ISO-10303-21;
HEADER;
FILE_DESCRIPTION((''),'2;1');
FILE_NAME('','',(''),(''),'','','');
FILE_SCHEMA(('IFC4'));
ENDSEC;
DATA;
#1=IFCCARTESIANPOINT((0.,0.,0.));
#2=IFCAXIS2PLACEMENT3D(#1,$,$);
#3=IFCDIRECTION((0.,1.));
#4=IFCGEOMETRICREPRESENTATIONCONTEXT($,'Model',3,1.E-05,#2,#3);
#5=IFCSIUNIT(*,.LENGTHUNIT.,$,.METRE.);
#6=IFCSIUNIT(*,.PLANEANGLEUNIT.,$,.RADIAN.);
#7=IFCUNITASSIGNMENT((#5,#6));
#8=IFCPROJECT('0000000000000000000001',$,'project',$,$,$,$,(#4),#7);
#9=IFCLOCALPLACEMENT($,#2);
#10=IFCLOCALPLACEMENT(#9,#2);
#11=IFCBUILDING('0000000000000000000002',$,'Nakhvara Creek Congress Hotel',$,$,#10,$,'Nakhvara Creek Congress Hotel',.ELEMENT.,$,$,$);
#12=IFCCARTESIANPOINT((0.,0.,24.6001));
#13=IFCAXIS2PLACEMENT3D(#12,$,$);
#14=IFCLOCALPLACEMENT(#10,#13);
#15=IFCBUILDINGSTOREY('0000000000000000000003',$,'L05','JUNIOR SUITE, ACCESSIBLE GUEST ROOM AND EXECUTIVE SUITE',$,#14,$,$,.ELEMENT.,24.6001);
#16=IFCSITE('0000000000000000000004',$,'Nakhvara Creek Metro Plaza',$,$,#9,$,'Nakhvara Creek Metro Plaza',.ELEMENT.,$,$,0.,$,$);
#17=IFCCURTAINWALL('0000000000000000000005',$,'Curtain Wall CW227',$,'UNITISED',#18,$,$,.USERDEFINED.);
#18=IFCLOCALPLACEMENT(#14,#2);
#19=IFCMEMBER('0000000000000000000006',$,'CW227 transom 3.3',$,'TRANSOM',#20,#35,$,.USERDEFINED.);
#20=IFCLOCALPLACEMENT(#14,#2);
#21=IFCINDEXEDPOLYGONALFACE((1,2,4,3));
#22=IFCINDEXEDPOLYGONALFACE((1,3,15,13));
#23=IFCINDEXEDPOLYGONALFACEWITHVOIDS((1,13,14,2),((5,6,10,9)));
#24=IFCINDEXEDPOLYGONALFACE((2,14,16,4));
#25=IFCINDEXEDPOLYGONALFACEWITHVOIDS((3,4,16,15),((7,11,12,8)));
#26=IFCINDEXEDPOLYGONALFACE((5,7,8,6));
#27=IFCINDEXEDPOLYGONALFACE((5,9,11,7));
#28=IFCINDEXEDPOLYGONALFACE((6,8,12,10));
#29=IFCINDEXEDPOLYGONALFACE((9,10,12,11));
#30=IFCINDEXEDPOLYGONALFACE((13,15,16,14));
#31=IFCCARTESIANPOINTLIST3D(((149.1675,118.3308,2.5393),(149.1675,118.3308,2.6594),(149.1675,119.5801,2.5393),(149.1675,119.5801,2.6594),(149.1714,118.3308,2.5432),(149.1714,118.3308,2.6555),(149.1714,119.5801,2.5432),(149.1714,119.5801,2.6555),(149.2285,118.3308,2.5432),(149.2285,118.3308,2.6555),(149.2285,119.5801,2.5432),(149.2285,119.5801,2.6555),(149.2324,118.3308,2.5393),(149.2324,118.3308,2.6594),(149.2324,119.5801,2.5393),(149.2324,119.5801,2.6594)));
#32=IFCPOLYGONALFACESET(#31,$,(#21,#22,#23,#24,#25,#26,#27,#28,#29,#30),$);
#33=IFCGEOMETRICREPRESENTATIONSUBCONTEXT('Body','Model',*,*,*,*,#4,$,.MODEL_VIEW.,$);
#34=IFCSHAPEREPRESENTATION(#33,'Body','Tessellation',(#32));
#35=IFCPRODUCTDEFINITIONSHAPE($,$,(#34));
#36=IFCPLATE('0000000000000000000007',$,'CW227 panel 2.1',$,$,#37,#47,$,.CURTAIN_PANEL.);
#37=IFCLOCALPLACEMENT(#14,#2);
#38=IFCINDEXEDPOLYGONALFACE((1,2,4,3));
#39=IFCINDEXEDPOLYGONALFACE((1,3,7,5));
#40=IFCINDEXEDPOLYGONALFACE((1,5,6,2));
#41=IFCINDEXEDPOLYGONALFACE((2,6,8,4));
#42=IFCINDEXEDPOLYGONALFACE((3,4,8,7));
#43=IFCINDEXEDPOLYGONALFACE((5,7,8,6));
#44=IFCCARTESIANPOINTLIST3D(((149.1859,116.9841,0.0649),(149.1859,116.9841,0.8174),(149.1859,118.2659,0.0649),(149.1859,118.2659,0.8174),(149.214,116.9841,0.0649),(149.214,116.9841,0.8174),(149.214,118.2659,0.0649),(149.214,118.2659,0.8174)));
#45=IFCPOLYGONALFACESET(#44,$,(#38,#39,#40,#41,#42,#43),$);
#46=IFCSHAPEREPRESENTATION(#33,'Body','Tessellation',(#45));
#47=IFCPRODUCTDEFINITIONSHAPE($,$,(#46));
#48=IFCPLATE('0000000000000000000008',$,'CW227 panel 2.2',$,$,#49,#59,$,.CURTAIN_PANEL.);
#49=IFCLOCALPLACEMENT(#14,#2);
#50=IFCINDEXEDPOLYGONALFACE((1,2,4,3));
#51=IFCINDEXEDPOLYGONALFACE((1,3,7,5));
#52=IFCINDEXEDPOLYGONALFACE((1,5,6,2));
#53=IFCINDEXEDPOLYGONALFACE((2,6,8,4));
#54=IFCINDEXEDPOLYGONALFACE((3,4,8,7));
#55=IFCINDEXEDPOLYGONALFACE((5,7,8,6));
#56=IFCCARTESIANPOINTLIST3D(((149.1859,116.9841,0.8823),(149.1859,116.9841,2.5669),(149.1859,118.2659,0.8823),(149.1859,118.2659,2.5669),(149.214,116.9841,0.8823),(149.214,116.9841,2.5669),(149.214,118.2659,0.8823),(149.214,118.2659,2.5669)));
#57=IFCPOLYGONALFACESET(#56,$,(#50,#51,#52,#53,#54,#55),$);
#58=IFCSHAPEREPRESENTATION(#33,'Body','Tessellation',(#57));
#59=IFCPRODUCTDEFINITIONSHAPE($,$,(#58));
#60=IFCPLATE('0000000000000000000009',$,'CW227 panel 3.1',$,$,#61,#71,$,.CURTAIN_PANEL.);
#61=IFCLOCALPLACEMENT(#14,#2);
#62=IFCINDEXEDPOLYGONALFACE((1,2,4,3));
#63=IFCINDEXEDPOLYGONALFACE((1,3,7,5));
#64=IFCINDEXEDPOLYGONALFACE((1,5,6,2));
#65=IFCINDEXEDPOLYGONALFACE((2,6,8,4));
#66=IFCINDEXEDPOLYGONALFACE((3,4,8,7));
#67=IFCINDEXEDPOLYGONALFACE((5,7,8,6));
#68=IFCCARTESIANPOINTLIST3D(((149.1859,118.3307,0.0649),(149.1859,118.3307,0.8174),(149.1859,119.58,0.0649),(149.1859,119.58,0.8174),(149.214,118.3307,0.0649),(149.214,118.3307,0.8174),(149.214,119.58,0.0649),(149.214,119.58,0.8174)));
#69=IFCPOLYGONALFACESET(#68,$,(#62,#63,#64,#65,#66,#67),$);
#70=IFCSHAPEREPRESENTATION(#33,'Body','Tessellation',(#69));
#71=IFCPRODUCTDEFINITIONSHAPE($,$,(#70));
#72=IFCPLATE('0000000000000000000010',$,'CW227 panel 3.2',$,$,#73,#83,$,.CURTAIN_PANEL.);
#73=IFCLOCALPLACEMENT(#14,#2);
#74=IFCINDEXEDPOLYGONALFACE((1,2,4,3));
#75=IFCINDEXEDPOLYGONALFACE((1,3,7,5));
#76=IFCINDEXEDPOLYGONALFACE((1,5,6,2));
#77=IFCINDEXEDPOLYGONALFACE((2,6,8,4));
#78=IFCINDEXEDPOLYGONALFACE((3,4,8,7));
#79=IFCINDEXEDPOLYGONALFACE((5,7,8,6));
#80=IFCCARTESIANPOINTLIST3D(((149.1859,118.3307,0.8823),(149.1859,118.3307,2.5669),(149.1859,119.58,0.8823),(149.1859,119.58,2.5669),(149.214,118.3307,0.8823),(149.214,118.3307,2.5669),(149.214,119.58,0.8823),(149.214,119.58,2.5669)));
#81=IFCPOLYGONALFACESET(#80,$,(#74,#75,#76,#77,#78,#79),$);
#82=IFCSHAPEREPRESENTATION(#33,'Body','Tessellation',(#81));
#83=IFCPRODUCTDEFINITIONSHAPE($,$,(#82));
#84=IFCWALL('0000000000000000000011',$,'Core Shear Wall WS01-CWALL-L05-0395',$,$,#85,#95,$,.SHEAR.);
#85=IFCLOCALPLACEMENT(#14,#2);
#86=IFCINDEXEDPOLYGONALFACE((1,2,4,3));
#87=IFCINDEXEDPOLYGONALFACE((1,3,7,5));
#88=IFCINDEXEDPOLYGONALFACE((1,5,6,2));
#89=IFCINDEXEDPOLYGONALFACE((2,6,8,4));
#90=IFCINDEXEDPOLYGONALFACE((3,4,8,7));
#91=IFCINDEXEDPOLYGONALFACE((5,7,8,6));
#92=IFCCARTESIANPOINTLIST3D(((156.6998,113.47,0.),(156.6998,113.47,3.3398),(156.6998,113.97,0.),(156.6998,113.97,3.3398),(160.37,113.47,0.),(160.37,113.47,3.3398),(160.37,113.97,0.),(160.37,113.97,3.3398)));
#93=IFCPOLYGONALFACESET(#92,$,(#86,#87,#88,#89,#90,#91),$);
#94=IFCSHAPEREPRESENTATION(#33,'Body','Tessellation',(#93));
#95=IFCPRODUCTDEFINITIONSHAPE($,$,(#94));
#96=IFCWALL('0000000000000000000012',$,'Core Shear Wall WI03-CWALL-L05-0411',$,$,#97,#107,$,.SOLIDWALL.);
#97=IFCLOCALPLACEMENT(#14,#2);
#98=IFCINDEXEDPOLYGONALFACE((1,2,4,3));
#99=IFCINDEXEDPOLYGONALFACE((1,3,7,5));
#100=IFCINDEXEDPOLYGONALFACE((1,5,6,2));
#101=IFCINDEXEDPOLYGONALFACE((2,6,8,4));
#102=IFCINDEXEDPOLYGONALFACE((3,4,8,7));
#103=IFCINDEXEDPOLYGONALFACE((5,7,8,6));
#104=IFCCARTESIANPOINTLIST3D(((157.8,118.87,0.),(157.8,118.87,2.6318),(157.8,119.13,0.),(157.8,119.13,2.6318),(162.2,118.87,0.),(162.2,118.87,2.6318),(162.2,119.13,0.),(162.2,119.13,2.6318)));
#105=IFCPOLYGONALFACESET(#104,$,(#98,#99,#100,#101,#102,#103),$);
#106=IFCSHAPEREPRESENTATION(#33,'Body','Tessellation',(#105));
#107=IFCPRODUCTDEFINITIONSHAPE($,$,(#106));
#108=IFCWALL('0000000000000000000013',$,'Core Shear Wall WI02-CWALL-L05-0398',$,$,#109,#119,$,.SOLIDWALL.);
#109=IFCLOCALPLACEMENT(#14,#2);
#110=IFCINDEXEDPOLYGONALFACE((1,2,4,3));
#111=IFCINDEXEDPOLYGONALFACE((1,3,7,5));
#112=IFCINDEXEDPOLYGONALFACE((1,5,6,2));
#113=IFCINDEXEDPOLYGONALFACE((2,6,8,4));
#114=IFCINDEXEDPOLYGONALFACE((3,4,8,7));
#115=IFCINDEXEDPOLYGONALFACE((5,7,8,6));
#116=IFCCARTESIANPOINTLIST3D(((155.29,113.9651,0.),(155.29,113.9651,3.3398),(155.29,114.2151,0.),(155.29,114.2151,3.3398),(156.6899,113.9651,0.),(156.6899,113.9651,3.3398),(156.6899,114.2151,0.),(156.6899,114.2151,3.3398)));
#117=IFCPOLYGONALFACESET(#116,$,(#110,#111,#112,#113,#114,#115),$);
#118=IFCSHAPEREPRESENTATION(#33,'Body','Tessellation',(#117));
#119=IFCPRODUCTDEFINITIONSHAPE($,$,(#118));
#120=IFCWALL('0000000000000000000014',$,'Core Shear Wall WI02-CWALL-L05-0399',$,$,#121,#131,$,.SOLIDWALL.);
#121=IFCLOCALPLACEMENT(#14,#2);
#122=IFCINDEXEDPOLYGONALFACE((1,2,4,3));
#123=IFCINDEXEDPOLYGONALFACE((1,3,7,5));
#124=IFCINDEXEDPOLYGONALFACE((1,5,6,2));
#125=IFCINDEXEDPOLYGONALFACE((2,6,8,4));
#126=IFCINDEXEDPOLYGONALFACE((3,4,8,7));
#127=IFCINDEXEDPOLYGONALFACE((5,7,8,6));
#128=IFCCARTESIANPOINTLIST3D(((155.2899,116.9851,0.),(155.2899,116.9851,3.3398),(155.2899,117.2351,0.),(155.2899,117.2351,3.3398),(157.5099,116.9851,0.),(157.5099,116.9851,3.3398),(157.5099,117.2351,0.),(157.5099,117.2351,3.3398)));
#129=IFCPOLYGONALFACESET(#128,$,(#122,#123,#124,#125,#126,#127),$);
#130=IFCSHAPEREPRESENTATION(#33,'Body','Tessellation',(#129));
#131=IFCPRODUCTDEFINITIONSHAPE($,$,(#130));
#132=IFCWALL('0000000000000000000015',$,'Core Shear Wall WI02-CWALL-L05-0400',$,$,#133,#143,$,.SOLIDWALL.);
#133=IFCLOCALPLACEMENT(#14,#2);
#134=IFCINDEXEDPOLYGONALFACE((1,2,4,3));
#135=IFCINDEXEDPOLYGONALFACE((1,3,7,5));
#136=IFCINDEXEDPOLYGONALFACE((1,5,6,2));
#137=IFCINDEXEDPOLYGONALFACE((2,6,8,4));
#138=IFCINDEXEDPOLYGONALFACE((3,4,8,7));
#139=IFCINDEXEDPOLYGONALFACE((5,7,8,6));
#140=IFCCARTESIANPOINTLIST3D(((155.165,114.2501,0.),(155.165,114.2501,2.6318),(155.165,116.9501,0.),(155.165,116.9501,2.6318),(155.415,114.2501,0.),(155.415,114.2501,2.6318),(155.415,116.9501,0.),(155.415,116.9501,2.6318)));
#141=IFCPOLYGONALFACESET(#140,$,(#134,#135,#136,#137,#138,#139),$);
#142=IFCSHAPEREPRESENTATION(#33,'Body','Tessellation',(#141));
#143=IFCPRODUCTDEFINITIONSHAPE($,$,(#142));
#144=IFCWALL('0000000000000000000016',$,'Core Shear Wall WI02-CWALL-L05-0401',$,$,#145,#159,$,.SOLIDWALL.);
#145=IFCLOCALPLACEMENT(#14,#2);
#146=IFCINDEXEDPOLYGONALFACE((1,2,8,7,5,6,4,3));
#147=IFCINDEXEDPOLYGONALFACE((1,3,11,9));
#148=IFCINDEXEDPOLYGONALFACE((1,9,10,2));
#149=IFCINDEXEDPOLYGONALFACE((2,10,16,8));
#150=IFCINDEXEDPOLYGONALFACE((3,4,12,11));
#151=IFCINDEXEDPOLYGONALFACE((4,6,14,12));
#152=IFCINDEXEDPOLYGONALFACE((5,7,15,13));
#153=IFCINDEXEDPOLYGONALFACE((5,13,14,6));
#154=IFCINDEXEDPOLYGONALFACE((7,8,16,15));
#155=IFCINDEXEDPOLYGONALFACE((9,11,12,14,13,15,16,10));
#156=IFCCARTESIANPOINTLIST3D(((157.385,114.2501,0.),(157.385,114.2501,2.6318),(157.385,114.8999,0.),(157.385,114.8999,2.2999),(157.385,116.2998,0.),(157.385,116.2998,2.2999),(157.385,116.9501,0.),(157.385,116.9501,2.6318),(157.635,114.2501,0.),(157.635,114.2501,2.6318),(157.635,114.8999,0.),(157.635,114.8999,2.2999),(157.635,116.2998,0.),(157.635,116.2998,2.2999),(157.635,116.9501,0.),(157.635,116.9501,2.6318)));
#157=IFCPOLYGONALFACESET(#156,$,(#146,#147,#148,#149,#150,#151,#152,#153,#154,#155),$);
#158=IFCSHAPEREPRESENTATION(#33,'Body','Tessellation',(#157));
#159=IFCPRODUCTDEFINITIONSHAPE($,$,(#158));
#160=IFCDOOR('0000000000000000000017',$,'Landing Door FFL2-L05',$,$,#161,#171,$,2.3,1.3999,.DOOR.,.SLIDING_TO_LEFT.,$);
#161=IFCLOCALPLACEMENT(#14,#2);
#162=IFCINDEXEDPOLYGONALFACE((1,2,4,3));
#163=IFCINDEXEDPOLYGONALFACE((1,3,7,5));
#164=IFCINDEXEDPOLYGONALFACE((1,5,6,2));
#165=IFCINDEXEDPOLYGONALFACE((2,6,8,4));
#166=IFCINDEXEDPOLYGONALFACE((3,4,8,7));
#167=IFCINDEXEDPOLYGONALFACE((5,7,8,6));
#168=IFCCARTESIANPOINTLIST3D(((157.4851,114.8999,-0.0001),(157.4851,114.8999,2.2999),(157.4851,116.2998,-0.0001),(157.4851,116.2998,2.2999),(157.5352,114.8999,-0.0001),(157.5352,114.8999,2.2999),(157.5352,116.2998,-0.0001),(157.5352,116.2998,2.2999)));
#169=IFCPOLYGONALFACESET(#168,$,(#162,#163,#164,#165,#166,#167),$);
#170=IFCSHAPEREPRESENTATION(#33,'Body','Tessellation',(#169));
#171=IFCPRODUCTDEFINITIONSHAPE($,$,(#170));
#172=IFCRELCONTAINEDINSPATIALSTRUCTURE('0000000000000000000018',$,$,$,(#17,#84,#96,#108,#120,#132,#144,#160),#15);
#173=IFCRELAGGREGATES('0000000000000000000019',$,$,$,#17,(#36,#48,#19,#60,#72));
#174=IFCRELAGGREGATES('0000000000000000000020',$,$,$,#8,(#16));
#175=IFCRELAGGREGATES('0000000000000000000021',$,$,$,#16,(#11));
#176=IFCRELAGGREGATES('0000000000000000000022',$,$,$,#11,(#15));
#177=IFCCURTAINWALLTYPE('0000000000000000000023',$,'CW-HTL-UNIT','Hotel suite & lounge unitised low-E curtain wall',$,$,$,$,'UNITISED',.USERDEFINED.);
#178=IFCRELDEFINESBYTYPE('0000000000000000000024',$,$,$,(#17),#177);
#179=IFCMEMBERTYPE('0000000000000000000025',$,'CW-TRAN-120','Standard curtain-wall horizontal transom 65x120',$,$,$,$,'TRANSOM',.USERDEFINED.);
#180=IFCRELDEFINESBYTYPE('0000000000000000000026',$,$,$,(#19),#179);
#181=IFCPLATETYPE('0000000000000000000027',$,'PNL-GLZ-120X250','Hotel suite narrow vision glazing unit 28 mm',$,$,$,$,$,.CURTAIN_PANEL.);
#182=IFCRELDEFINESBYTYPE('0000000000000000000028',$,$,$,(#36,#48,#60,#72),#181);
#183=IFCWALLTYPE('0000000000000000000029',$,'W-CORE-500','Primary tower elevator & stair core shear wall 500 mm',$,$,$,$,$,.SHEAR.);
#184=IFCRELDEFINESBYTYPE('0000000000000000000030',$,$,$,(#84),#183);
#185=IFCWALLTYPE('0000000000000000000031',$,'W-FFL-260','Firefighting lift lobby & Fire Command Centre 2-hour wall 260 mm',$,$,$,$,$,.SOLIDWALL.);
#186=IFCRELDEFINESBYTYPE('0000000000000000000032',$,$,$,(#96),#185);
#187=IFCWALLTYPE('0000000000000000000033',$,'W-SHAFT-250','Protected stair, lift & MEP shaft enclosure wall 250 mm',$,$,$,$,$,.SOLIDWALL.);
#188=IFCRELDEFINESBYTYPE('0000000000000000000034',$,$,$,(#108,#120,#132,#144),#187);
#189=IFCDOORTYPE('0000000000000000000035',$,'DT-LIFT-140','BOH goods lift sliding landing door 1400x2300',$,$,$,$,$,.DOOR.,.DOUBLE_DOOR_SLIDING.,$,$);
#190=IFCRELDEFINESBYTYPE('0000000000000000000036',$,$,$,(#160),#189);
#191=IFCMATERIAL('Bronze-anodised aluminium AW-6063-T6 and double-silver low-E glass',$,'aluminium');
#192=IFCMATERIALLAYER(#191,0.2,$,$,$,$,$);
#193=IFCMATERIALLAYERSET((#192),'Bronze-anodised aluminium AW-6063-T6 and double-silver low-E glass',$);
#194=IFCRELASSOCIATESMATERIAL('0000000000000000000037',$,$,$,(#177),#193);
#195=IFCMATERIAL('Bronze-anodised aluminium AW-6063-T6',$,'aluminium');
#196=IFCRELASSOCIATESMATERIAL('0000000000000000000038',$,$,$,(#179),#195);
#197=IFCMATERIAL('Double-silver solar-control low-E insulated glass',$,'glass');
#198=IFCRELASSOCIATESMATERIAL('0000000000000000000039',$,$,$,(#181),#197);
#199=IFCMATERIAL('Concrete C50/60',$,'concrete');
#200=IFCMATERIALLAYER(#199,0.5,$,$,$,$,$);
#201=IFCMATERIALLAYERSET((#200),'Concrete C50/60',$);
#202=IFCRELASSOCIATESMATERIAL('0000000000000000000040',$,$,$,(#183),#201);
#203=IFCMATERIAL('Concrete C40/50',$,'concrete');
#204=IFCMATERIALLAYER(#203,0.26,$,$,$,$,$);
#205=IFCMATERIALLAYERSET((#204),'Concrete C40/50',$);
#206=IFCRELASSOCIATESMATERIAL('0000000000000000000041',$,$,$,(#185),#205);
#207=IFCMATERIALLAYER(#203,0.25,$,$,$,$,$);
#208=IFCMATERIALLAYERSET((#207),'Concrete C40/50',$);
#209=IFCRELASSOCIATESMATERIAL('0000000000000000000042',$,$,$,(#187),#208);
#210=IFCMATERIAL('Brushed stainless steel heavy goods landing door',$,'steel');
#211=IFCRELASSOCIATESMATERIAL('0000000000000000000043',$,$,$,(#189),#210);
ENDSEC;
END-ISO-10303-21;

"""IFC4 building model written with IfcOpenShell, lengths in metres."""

from ifc_helpers import new_model, si_unit, direction, frame, frame_2d, origin, origin_2d, place, context, subcontext, project, spatial, rectangle, hollow_rectangle, extrude, material, layer, layer_set, material_profile, profile_set, type_object, element, fill, aggregate, save


model = new_model("IFC4")

# Units and contexts
model_context = context("Model", 3, precision=1e-05, world=origin(), true_north=direction((0.0, 1.0)))
body_context = subcontext(model_context, "Body", "Model", "MODEL_VIEW")
ifc_project = project(units=[si_unit("LENGTHUNIT", "METRE"), si_unit("PLANEANGLEUNIT", "RADIAN")], contexts=[model_context])

# Site, building, storey
site_placement = place(None, origin())
site = spatial("IfcSite", under=ifc_project, at=site_placement, Name="Nakhvara Creek Metro Plaza", LongName="Nakhvara Creek Metro Plaza", CompositionType="ELEMENT", RefElevation=0.0)
building_placement = place(site_placement, origin())
building = spatial("IfcBuilding", under=site, at=building_placement, Name="Nakhvara Creek Congress Hotel", LongName="Nakhvara Creek Congress Hotel", CompositionType="ELEMENT")
storey_placement = place(building_placement, frame((0.0, 0.0, 24.6001)))
storey = spatial("IfcBuildingStorey", under=building, at=storey_placement, Name="L05", Description="JUNIOR SUITE, ACCESSIBLE GUEST ROOM AND EXECUTIVE SUITE", CompositionType="ELEMENT", Elevation=24.6001)

# Shared definitions
ifc_material_1 = material(Name="Concrete C50/60", Category="concrete")

# Shared definitions
ifc_material_2 = material(Name="Concrete C40/50", Category="concrete")

# Curtain wall, member, plates
ifc_material_3 = material(Name="Bronze-anodised aluminium AW-6063-T6 and double-silver low-E glass", Category="aluminium")
ifc_layer_1 = layer(ifc_material_3, 0.2)
ifc_layer_set_1 = layer_set([ifc_layer_1], Name="Bronze-anodised aluminium AW-6063-T6 and double-silver low-E glass")
curtain_wall_type = type_object("IfcCurtainWallType", Name="CW-HTL-UNIT", Description="Hotel suite & lounge unitised low-E curtain wall", ElementType="UNITISED", PredefinedType="USERDEFINED", material=ifc_layer_set_1)
curtain_wall_placement = place(storey_placement, origin())
curtain_wall = element("IfcCurtainWall", 1, at=curtain_wall_placement, inside=storey, type_object=curtain_wall_type, Name="Curtain Wall CW227", ObjectType="UNITISED", PredefinedType="USERDEFINED")
ifc_material_4 = material(Name="Bronze-anodised aluminium AW-6063-T6", Category="aluminium")
ifc_material_profile_1 = material_profile(ifc_material_4, hollow_rectangle(XDim=0.0649, YDim=0.1201, WallThickness=0.0039, at=origin_2d()), Name="ALU-TRAN 65x120x4", Category="LoadBearing")
ifc_profile_set_1 = profile_set([ifc_material_profile_1], Name="Bronze-anodised aluminium AW-6063-T6")
member_type_1 = type_object("IfcMemberType", Name="CW-TRAN-120", Description="Standard curtain-wall horizontal transom 65x120", ElementType="TRANSOM", PredefinedType="USERDEFINED", material=ifc_profile_set_1)
member_1_placement = place(storey_placement, frame((149.2, 118.3308, 2.5994), z_axis=(0.0, 1.0, 0.0), x_axis=(-1.0, 0.0, 0.0)))
member_1 = element("IfcMember", 2, at=member_1_placement, type_object=member_type_1, Name="CW227 transom 3.3", ObjectType="TRANSOM", PredefinedType="USERDEFINED", context=body_context, shape_type="SweptSolid", body=[
    extrude(hollow_rectangle(XDim=0.0649, YDim=0.1201, WallThickness=0.0039, at=origin_2d()), origin(), (0.0, 0.0, 1.0), 1.2493),
])
ifc_material_5 = material(Name="Double-silver solar-control low-E insulated glass", Category="glass")
plate_type = type_object("IfcPlateType", Name="PNL-GLZ-120X250", Description="Hotel suite narrow vision glazing unit 28 mm", PredefinedType="CURTAIN_PANEL", material=ifc_material_5)
plate_1_placement = place(storey_placement, frame((149.2, 117.625, 0.0649), z_axis=(0.0, 0.0, 1.0), x_axis=(0.0, 1.0, 0.0)))
plate_1 = element("IfcPlate", 3, at=plate_1_placement, type_object=plate_type, Name="CW227 panel 2.1", PredefinedType="CURTAIN_PANEL", context=body_context, shape_type="SweptSolid", body=[
    extrude(rectangle(XDim=1.2817, YDim=0.0281, at=origin_2d()), origin(), (0.0, 0.0, 1.0), 0.7524),
])
plate_2_placement = place(storey_placement, frame((149.2, 117.625, 0.8823), z_axis=(0.0, 0.0, 1.0), x_axis=(0.0, 1.0, 0.0)))
plate_2 = element("IfcPlate", 4, at=plate_2_placement, type_object=plate_type, Name="CW227 panel 2.2", PredefinedType="CURTAIN_PANEL", context=body_context, shape_type="SweptSolid", body=[
    extrude(rectangle(XDim=1.2817, YDim=0.0281, at=origin_2d()), origin(), (0.0, 0.0, 1.0), 1.6846),
])
plate_3_placement = place(storey_placement, frame((149.2, 118.9553, 0.0649), z_axis=(0.0, 0.0, 1.0), x_axis=(0.0, 1.0, 0.0)))
plate_3 = element("IfcPlate", 5, at=plate_3_placement, type_object=plate_type, Name="CW227 panel 3.1", PredefinedType="CURTAIN_PANEL", context=body_context, shape_type="SweptSolid", body=[
    extrude(rectangle(XDim=1.2493, YDim=0.0281, at=origin_2d()), origin(), (0.0, 0.0, 1.0), 0.7524),
])
plate_4_placement = place(storey_placement, frame((149.2, 118.9553, 0.8823), z_axis=(0.0, 0.0, 1.0), x_axis=(0.0, 1.0, 0.0)))
plate_4 = element("IfcPlate", 6, at=plate_4_placement, type_object=plate_type, Name="CW227 panel 3.2", PredefinedType="CURTAIN_PANEL", context=body_context, shape_type="SweptSolid", body=[
    extrude(rectangle(XDim=1.2493, YDim=0.0281, at=origin_2d()), origin(), (0.0, 0.0, 1.0), 1.6846),
])
aggregate(curtain_wall, [plate_1, plate_2, member_1, plate_3, plate_4])

# Wall
ifc_layer_2 = layer(ifc_material_1, 0.5)
ifc_layer_set_2 = layer_set([ifc_layer_2], Name="Concrete C50/60")
wall_type_1 = type_object("IfcWallType", Name="W-CORE-500", Description="Primary tower elevator & stair core shear wall 500 mm", PredefinedType="SHEAR", material=ifc_layer_set_2)
wall_1_placement = place(storey_placement, frame((156.7, 113.72, 0.0), z_axis=(0.0, 0.0, 1.0), x_axis=(1.0, 0.0, 0.0)))
element("IfcWall", 7, at=wall_1_placement, inside=storey, type_object=wall_type_1, Name="Core Shear Wall WS01-CWALL-L05-0395", PredefinedType="SHEAR", context=body_context, shape_type="SweptSolid", body=[
    extrude(rectangle(XDim=3.6702, YDim=0.5, at=frame_2d((1.835, 0.0))), origin(), (0.0, 0.0, 1.0), 3.3398),
])

# Shared definitions
ifc_layer_3 = layer(ifc_material_2, 0.26)
ifc_layer_set_3 = layer_set([ifc_layer_3], Name="Concrete C40/50")
wall_type_2 = type_object("IfcWallType", Name="W-FFL-260", Description="Firefighting lift lobby & Fire Command Centre 2-hour wall 260 mm", PredefinedType="SOLIDWALL", material=ifc_layer_set_3)

# Walls
wall_2_placement = place(storey_placement, frame((157.8, 119.0, 0.0), z_axis=(0.0, 0.0, 1.0), x_axis=(1.0, 0.0, 0.0)))
element("IfcWall", 8, at=wall_2_placement, inside=storey, type_object=wall_type_2, Name="Core Shear Wall WI03-CWALL-L05-0411", PredefinedType="SOLIDWALL", context=body_context, shape_type="SweptSolid", body=[
    extrude(rectangle(XDim=4.3999, YDim=0.26, at=frame_2d((2.2, 0.0))), origin(), (0.0, 0.0, 1.0), 2.6318),
])
ifc_layer_4 = layer(ifc_material_2, 0.25)
ifc_layer_set_4 = layer_set([ifc_layer_4], Name="Concrete C40/50")
wall_type_3 = type_object("IfcWallType", Name="W-SHAFT-250", Description="Protected stair, lift & MEP shaft enclosure wall 250 mm", PredefinedType="SOLIDWALL", material=ifc_layer_set_4)
wall_3_placement = place(storey_placement, frame((155.29, 114.0901, 0.0), z_axis=(0.0, 0.0, 1.0), x_axis=(1.0, 0.0, 0.0)))
element("IfcWall", 9, at=wall_3_placement, inside=storey, type_object=wall_type_3, Name="Core Shear Wall WI02-CWALL-L05-0398", PredefinedType="SOLIDWALL", context=body_context, shape_type="SweptSolid", body=[
    extrude(rectangle(XDim=1.3999, YDim=0.25, at=frame_2d((0.7, 0.0))), origin(), (0.0, 0.0, 1.0), 3.3398),
])
wall_4_placement = place(storey_placement, frame((155.29, 117.1101, 0.0), z_axis=(0.0, 0.0, 1.0), x_axis=(1.0, 0.0, 0.0)))
element("IfcWall", 10, at=wall_4_placement, inside=storey, type_object=wall_type_3, Name="Core Shear Wall WI02-CWALL-L05-0399", PredefinedType="SOLIDWALL", context=body_context, shape_type="SweptSolid", body=[
    extrude(rectangle(XDim=2.22, YDim=0.25, at=frame_2d((1.1099, 0.0))), origin(), (0.0, 0.0, 1.0), 3.3398),
])
wall_5_placement = place(storey_placement, frame((155.29, 114.25, 0.0), z_axis=(0.0, 0.0, 1.0), x_axis=(0.0, 1.0, 0.0)))
element("IfcWall", 11, at=wall_5_placement, inside=storey, type_object=wall_type_3, Name="Core Shear Wall WI02-CWALL-L05-0400", PredefinedType="SOLIDWALL", context=body_context, shape_type="SweptSolid", body=[
    extrude(rectangle(XDim=2.7, YDim=0.25, at=frame_2d((1.3501, 0.0))), origin(), (0.0, 0.0, 1.0), 2.6318),
])

# Wall, opening, door
wall_6_placement = place(storey_placement, frame((157.51, 114.25, 0.0), z_axis=(0.0, 0.0, 1.0), x_axis=(0.0, 1.0, 0.0)))
wall_6 = element("IfcWall", 12, at=wall_6_placement, inside=storey, type_object=wall_type_3, Name="Core Shear Wall WI02-CWALL-L05-0401", PredefinedType="SOLIDWALL", context=body_context, shape_type="SweptSolid", body=[
    extrude(rectangle(XDim=2.7, YDim=0.25, at=frame_2d((1.3501, 0.0))), origin(), (0.0, 0.0, 1.0), 2.6318),
])
opening_1_placement = place(wall_6_placement, frame((0.6499, 0.0, 0.0)))
opening_1 = element("IfcOpeningElement", 13, at=opening_1_placement, cuts=wall_6, PredefinedType="OPENING", context=body_context, shape_type="SweptSolid", body=[
    extrude(rectangle(XDim=1.3999, YDim=2.3, at=frame_2d((0.7, 1.1499))), frame((0.0, 0.137, 0.0), z_axis=(0.0, -1.0, 0.0), x_axis=(1.0, 0.0, 0.0)), (0.0, 0.0, 1.0), 0.2739),
])
ifc_material_6 = material(Name="Brushed stainless steel heavy goods landing door", Category="steel")
door_type_1 = type_object("IfcDoorType", Name="DT-LIFT-140", Description="BOH goods lift sliding landing door 1400x2300", OperationType="DOUBLE_DOOR_SLIDING", PredefinedType="DOOR", material=ifc_material_6)
door_1_placement = place(opening_1_placement, origin())
door_1 = element("IfcDoor", 14, at=door_1_placement, inside=storey, type_object=door_type_1, Name="Landing Door FFL2-L05", OperationType="SLIDING_TO_LEFT", OverallHeight=2.3, OverallWidth=1.3999, PredefinedType="DOOR", context=body_context, shape_type="SweptSolid", body=[
    extrude(rectangle(XDim=1.3999, YDim=2.3, at=frame_2d((0.7, 1.1499))), frame((0.0, 0.0249, 0.0), z_axis=(0.0, -1.0, 0.0), x_axis=(1.0, 0.0, 0.0)), (0.0, 0.0, 1.0), 0.05),
])
fill(opening_1, door_1)

save(model, "model.ifc")
